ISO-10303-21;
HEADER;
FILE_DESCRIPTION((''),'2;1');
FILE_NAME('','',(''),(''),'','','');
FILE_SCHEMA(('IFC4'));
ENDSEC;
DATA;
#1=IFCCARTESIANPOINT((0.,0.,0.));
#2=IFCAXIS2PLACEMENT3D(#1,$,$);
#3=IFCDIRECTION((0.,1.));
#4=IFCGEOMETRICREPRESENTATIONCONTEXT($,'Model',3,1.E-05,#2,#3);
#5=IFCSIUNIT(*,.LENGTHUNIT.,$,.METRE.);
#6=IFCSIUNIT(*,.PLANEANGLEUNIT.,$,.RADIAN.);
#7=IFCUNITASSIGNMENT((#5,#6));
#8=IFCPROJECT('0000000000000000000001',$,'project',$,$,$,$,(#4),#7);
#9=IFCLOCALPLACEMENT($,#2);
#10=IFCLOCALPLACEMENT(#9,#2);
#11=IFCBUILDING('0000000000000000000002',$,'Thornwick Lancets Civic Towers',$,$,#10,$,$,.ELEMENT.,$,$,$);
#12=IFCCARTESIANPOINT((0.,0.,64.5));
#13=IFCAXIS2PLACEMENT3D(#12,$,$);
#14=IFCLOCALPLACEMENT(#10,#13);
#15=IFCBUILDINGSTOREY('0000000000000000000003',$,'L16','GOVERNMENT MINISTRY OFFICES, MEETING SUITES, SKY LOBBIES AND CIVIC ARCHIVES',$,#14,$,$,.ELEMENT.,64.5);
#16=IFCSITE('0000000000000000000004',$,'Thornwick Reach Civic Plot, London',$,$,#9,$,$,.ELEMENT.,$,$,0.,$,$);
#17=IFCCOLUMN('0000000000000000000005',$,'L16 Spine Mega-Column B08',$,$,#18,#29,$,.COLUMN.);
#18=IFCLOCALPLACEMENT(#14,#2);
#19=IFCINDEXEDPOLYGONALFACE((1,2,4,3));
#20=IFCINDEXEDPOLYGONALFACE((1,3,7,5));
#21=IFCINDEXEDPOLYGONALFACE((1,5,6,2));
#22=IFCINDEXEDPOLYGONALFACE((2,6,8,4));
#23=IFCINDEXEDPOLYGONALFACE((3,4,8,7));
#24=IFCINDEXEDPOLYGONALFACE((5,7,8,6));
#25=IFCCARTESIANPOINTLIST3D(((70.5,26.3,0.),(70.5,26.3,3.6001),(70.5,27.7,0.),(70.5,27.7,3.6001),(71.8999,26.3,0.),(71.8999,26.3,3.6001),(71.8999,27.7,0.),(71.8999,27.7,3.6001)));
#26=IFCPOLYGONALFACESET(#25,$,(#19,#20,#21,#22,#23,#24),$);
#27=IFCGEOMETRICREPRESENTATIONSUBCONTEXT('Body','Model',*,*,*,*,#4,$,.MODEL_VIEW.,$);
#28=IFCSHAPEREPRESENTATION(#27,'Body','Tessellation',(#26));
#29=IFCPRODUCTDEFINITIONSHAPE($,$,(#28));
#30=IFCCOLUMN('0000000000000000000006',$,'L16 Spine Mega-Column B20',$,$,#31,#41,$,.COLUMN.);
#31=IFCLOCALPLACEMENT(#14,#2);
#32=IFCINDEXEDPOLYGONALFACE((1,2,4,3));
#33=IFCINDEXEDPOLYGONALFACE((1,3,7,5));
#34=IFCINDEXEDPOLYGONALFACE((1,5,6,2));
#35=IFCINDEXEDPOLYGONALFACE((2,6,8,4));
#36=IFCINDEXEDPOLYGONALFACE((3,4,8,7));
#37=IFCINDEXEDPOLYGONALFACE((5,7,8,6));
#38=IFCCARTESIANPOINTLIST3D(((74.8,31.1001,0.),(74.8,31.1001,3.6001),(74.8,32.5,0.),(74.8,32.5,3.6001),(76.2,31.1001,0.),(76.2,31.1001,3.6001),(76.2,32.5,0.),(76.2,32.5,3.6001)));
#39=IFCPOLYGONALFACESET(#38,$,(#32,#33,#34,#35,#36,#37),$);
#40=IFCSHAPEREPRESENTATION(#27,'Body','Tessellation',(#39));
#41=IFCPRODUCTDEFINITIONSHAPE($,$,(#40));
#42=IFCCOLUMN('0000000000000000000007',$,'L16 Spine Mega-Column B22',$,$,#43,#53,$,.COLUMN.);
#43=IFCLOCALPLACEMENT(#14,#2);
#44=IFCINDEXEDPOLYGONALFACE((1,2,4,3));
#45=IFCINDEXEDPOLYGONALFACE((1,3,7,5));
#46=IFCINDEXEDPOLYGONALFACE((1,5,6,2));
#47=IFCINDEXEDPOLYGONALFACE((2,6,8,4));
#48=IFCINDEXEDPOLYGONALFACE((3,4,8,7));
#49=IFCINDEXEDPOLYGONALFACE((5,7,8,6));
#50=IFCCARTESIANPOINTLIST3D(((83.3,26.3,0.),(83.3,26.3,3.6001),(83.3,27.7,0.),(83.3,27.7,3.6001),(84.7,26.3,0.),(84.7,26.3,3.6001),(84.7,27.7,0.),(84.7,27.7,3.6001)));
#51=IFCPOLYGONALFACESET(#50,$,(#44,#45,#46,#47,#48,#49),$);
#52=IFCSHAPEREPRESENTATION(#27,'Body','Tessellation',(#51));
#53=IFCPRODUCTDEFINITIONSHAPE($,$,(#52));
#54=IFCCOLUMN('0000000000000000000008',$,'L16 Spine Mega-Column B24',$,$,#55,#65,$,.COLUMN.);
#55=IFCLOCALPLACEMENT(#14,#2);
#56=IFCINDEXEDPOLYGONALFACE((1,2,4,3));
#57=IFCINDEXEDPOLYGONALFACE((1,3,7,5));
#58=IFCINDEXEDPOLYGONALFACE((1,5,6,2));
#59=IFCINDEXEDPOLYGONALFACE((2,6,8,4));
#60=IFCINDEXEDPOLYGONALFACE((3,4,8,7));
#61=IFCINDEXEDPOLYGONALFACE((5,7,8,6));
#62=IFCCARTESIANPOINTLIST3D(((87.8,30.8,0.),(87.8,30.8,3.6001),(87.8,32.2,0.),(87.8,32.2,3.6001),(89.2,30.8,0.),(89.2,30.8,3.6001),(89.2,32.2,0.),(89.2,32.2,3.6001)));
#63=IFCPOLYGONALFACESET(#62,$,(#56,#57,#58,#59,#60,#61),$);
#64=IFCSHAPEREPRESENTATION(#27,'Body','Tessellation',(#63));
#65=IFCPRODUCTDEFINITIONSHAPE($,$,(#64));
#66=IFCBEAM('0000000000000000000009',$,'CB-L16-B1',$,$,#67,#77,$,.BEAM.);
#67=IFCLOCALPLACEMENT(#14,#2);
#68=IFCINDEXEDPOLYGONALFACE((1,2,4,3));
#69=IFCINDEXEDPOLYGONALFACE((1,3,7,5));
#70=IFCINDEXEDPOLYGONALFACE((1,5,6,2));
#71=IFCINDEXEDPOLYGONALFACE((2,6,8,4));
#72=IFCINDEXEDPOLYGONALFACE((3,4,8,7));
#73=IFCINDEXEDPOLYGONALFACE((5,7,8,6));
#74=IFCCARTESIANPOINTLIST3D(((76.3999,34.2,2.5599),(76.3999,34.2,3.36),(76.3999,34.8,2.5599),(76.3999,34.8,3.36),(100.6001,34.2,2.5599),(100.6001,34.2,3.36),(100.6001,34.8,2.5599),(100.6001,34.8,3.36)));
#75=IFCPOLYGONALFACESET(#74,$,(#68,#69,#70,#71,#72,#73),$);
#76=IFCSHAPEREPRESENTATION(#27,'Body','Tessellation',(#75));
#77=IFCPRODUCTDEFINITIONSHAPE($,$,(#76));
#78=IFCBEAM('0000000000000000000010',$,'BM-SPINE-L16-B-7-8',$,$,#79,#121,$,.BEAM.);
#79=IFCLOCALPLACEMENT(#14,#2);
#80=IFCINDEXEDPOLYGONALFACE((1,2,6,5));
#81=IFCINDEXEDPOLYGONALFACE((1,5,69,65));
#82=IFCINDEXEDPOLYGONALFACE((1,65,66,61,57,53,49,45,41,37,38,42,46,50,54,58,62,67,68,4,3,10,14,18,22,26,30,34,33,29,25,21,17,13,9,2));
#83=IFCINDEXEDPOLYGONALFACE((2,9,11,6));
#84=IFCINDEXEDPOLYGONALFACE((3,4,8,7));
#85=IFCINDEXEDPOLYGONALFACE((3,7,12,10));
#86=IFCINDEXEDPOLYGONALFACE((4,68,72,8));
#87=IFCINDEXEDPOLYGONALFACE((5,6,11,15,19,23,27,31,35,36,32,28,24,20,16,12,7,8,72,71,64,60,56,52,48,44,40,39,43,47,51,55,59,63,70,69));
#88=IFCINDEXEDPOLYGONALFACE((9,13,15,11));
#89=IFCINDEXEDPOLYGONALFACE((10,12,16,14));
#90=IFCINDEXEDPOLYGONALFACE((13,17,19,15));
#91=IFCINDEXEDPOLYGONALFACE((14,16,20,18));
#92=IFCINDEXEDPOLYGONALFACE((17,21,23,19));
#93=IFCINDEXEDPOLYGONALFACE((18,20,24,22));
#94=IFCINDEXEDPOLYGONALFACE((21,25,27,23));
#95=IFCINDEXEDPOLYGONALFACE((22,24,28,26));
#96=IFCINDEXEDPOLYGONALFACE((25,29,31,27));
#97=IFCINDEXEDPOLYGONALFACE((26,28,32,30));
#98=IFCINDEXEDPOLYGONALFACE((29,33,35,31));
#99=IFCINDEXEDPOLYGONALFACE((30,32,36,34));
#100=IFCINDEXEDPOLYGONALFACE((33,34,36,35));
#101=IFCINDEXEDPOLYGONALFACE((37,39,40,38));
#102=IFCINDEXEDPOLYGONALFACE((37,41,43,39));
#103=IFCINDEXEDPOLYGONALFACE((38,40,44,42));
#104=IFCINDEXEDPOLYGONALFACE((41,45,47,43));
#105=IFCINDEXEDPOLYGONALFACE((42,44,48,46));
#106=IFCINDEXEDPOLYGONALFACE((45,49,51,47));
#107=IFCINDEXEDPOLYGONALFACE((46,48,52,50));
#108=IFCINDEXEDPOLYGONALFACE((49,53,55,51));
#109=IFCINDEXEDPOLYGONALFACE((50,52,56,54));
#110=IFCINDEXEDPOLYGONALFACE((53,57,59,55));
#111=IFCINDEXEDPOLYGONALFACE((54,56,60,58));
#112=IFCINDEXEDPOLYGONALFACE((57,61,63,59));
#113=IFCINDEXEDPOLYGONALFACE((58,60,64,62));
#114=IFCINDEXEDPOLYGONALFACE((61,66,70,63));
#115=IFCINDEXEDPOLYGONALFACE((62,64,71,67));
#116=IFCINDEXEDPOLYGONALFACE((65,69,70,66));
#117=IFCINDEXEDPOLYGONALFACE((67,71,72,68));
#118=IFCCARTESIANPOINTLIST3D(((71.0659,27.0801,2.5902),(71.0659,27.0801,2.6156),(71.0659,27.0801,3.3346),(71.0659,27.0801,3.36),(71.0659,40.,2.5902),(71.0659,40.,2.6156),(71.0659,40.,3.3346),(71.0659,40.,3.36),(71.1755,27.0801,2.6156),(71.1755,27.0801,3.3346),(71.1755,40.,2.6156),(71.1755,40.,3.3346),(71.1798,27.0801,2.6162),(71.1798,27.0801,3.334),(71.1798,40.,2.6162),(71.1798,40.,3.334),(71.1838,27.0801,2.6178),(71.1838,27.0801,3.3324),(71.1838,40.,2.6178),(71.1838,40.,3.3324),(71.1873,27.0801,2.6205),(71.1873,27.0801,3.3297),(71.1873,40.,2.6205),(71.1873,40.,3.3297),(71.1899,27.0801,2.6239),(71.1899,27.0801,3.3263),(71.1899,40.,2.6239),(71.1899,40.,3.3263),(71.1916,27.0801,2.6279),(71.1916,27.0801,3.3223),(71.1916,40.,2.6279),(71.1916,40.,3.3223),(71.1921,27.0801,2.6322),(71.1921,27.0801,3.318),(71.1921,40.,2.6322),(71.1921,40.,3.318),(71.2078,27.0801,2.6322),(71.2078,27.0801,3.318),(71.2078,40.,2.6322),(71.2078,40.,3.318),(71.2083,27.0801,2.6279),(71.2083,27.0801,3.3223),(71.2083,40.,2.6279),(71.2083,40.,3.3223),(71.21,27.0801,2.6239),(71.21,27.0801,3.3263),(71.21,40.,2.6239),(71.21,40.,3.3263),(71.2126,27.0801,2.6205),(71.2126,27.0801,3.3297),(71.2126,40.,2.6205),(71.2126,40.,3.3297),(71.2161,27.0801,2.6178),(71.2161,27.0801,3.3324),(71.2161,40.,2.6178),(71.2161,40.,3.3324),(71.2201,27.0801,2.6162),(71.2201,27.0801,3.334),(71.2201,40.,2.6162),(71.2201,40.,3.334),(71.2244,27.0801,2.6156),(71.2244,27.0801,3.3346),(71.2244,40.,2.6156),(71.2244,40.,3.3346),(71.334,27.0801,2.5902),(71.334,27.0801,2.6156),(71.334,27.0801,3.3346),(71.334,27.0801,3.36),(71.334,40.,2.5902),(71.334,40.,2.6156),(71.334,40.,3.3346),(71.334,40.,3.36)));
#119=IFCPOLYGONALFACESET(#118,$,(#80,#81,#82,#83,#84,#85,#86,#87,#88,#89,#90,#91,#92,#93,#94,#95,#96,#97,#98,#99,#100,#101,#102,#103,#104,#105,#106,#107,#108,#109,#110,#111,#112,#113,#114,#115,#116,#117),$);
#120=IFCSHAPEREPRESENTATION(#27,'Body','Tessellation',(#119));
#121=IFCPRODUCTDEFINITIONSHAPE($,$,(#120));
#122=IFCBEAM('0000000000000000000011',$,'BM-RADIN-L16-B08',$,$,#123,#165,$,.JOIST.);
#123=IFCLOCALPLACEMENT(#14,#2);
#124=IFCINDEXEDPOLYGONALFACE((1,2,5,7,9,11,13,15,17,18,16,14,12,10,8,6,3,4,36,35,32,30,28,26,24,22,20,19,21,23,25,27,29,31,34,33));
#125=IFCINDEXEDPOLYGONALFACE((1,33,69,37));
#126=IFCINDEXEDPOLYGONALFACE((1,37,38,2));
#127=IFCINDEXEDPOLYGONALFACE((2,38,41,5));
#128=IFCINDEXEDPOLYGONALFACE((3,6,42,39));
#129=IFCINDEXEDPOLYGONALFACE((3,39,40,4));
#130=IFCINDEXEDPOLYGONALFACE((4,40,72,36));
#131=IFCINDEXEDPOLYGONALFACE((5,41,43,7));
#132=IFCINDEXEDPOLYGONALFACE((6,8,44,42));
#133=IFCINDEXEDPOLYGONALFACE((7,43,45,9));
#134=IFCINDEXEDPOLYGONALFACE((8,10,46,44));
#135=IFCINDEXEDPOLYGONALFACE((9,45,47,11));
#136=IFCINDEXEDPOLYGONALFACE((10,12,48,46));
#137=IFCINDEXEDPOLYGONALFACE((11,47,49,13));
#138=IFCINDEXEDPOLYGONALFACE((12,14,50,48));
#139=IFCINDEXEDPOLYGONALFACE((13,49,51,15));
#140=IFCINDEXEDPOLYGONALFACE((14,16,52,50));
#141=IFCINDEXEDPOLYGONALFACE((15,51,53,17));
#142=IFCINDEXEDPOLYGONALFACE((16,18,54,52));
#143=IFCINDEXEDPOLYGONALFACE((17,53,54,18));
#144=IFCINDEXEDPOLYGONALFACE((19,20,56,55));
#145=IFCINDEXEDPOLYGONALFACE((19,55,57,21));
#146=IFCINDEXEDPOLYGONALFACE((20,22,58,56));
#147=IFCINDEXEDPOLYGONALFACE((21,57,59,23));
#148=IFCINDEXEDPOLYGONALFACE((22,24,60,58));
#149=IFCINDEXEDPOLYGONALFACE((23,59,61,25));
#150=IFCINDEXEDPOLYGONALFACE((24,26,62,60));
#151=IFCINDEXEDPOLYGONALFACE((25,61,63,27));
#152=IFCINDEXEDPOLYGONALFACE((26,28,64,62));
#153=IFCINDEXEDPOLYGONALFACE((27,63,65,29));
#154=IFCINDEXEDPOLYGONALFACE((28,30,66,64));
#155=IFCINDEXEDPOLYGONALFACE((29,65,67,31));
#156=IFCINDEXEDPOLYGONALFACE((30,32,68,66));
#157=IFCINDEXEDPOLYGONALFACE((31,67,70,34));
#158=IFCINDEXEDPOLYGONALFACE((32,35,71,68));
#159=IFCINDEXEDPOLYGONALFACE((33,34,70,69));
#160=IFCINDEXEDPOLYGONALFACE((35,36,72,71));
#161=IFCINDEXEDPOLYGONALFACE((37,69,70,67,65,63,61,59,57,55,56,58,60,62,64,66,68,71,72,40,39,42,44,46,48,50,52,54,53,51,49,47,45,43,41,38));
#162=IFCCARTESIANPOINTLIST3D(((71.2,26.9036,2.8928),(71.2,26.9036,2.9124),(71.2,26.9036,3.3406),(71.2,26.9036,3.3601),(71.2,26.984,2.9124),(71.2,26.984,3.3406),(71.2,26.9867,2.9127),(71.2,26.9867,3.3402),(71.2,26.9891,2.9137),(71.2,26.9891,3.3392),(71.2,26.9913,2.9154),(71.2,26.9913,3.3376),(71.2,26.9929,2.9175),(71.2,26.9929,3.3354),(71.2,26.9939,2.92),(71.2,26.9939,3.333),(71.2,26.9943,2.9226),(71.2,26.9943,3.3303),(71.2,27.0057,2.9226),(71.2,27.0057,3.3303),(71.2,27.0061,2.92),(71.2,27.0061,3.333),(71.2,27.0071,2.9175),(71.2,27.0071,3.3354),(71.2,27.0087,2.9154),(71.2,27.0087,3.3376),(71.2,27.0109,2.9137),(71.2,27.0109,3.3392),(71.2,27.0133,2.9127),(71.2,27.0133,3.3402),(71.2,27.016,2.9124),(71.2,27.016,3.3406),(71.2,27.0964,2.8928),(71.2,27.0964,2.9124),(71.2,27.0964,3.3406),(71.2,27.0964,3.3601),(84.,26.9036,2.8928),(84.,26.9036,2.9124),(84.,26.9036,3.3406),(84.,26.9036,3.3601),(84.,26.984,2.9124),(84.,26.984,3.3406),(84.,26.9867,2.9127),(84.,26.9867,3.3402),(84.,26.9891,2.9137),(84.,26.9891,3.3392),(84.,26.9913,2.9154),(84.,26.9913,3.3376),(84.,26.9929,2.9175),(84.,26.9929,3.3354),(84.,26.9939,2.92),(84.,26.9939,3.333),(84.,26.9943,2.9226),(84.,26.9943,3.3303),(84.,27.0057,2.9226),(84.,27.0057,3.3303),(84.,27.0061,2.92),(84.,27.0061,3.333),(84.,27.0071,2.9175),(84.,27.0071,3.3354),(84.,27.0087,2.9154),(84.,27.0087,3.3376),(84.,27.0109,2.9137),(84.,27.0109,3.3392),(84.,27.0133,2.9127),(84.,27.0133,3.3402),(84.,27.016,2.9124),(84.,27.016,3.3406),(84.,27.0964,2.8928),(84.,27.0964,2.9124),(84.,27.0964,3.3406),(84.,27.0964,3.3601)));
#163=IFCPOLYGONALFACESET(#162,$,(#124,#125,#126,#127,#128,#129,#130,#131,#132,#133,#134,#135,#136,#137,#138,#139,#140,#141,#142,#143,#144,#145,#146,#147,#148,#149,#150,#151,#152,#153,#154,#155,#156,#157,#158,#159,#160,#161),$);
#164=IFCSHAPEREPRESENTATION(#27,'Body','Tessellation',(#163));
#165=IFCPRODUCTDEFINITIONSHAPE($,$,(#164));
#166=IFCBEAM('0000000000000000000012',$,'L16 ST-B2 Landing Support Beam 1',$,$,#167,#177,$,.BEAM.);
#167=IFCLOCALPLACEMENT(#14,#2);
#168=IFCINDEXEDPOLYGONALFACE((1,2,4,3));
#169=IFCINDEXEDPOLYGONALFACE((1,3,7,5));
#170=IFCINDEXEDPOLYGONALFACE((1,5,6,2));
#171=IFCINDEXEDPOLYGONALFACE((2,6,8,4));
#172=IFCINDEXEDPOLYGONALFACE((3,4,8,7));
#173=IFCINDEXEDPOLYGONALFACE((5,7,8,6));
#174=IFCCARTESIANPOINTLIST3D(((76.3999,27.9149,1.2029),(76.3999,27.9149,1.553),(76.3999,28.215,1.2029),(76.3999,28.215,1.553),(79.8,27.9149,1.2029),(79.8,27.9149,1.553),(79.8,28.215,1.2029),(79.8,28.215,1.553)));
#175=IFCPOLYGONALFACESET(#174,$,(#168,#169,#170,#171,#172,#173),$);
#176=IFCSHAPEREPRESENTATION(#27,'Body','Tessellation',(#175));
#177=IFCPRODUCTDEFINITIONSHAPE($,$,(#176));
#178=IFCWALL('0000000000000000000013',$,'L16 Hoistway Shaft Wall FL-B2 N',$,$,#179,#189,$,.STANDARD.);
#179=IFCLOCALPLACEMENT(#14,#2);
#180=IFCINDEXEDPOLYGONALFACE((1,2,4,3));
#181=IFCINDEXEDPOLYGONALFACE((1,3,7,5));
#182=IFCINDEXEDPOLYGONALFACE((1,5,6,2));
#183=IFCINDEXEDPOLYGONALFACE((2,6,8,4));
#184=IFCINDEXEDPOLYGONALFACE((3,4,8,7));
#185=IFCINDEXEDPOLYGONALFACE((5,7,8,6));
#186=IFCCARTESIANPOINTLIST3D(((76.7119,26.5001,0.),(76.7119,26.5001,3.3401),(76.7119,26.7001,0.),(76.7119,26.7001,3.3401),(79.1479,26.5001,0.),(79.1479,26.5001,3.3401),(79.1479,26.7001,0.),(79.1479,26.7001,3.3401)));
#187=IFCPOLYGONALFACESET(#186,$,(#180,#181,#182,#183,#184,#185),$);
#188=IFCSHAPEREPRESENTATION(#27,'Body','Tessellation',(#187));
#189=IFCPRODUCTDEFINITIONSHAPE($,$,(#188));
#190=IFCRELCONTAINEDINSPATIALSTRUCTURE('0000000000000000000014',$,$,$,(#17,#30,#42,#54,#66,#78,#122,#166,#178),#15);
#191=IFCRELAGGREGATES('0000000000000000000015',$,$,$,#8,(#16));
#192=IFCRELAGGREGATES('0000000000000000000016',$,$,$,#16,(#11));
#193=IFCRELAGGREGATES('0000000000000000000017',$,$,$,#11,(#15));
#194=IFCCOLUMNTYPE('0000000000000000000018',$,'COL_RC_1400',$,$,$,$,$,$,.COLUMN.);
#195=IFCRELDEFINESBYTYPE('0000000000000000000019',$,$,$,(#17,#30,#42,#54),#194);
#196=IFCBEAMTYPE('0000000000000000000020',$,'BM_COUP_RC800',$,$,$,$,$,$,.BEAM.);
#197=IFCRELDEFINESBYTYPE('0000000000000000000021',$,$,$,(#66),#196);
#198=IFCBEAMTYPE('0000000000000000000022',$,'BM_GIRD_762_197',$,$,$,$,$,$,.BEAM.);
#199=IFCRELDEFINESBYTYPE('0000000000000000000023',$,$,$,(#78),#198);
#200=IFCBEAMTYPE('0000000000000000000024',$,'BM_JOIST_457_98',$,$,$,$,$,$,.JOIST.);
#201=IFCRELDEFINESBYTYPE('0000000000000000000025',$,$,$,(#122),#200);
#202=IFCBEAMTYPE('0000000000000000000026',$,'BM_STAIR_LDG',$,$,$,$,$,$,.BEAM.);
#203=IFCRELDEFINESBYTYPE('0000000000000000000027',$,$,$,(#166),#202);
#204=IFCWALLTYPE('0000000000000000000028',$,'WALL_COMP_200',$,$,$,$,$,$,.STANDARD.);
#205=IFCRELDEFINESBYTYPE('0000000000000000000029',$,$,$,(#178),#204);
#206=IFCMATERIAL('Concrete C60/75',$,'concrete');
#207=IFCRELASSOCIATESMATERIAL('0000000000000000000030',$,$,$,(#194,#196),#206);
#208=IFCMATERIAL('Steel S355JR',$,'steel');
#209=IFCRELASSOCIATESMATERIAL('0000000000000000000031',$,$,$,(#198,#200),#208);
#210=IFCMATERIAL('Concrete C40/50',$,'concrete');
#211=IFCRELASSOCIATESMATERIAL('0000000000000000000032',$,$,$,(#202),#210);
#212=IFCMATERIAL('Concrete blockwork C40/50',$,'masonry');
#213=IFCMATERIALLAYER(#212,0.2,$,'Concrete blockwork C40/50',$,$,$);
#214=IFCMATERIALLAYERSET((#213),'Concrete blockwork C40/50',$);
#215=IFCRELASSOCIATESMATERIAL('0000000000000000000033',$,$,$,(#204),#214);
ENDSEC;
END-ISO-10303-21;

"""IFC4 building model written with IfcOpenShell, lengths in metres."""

from ifc_helpers import new_model, si_unit, direction, frame, frame_2d, origin, origin_2d, place, context, subcontext, project, spatial, rectangle, i_section, extrude, material, layer, layer_set, material_profile, profile_set, type_object, element, save


model = new_model("IFC4")

# Units and contexts
model_context = context("Model", 3, precision=1e-05, world=origin(), true_north=direction((0.0, 1.0)))
body_context = subcontext(model_context, "Body", "Model", "MODEL_VIEW")
ifc_project = project(units=[si_unit("LENGTHUNIT", "METRE"), si_unit("PLANEANGLEUNIT", "RADIAN")], contexts=[model_context])

# Site, building, storey
site_placement = place(None, origin())
site = spatial("IfcSite", under=ifc_project, at=site_placement, Name="Thornwick Reach Civic Plot, London", CompositionType="ELEMENT", RefElevation=0.0)
building_placement = place(site_placement, origin())
building = spatial("IfcBuilding", under=site, at=building_placement, Name="Thornwick Lancets Civic Towers", CompositionType="ELEMENT")
storey_placement = place(building_placement, frame((0.0, 0.0, 64.5)))
storey = spatial("IfcBuildingStorey", under=building, at=storey_placement, Name="L16", Description="GOVERNMENT MINISTRY OFFICES, MEETING SUITES, SKY LOBBIES AND CIVIC ARCHIVES", CompositionType="ELEMENT", Elevation=64.5)

# Columns
ifc_material_1 = material(Name="Concrete C60/75", Category="concrete")
ifc_material_profile_1 = material_profile(ifc_material_1, rectangle(XDim=1.3999, YDim=1.3999, at=origin_2d()), Name="RC 1400x1400")
ifc_profile_set_1 = profile_set([ifc_material_profile_1], Name="Concrete C60/75")
column_type = type_object("IfcColumnType", Name="COL_RC_1400", PredefinedType="COLUMN", material=ifc_profile_set_1)
for number, where, z_axis, x_axis, name in (
    (1, (71.2, 27.0, 0.0), (0.0, 0.0, 1.0), (1.0, 0.0, 0.0), "L16 Spine Mega-Column B08"),
    (2, (75.5, 31.8, 0.0), (0.0, 0.0, 1.0), (1.0, 0.0, 0.0), "L16 Spine Mega-Column B20"),
    (3, (84.0, 27.0, 0.0), (0.0, 0.0, 1.0), (1.0, 0.0, 0.0), "L16 Spine Mega-Column B22"),
    (4, (88.5, 31.5, 0.0), (0.0, 0.0, 1.0), (1.0, 0.0, 0.0), "L16 Spine Mega-Column B24"),
):
    element("IfcColumn", number, at=place(storey_placement, frame(where, z_axis=z_axis, x_axis=x_axis)), inside=storey, type_object=column_type, Name=name, PredefinedType="COLUMN", context=body_context, shape_type="SweptSolid", body=[
        extrude(rectangle(XDim=1.3999, YDim=1.3999, at=origin_2d()), origin(), (0.0, 0.0, 1.0), 3.6001),
    ])

# Beams
ifc_material_profile_2 = material_profile(ifc_material_1, rectangle(XDim=0.6001, YDim=0.8, at=origin_2d()), Name="RC 600x800")
ifc_profile_set_2 = profile_set([ifc_material_profile_2], Name="Concrete C60/75")
beam_type_1 = type_object("IfcBeamType", Name="BM_COUP_RC800", PredefinedType="BEAM", material=ifc_profile_set_2)
beam_1_placement = place(storey_placement, frame((76.3999, 34.5, 2.96), z_axis=(1.0, 0.0, 0.0), x_axis=(0.0, 1.0, 0.0)))
element("IfcBeam", 5, at=beam_1_placement, inside=storey, type_object=beam_type_1, Name="CB-L16-B1", PredefinedType="BEAM", context=body_context, shape_type="SweptSolid", body=[
    extrude(rectangle(XDim=0.6001, YDim=0.8, at=origin_2d()), origin(), (0.0, 0.0, 1.0), 24.2002),
])
ifc_material_2 = material(Name="Steel S355JR", Category="steel")
ifc_material_profile_3 = material_profile(ifc_material_2, i_section(OverallWidth=0.2681, OverallDepth=0.7698, WebThickness=0.0156, FlangeThickness=0.0254, FilletRadius=0.0166, at=origin_2d()), Name="UKB 762x267x197")
ifc_profile_set_3 = profile_set([ifc_material_profile_3], Name="Steel S355JR")
beam_type_2 = type_object("IfcBeamType", Name="BM_GIRD_762_197", PredefinedType="BEAM", material=ifc_profile_set_3)
beam_2_placement = place(storey_placement, frame((71.2, 27.0801, 2.9751), z_axis=(0.0, 1.0, 0.0), x_axis=(-1.0, 0.0, 0.0)))
element("IfcBeam", 6, at=beam_2_placement, inside=storey, type_object=beam_type_2, Name="BM-SPINE-L16-B-7-8", PredefinedType="BEAM", context=body_context, shape_type="SweptSolid", body=[
    extrude(i_section(OverallWidth=0.2681, OverallDepth=0.7698, WebThickness=0.0156, FlangeThickness=0.0254, FilletRadius=0.0166, at=origin_2d()), origin(), (0.0, 0.0, 1.0), 12.9199),
])
ifc_material_profile_4 = material_profile(ifc_material_2, i_section(OverallWidth=0.1929, OverallDepth=0.4673, WebThickness=0.0115, FlangeThickness=0.0195, FilletRadius=0.0103, at=origin_2d()), Name="UKB 457x191x98")
ifc_profile_set_4 = profile_set([ifc_material_profile_4], Name="Steel S355JR")
beam_type_3 = type_object("IfcBeamType", Name="BM_JOIST_457_98", PredefinedType="JOIST", material=ifc_profile_set_4)
beam_3_placement = place(storey_placement, frame((84.0, 27.0, 3.1265), z_axis=(-1.0, 0.0, 0.0), x_axis=(0.0, -1.0, 0.0)))
element("IfcBeam", 7, at=beam_3_placement, inside=storey, type_object=beam_type_3, Name="BM-RADIN-L16-B08", PredefinedType="JOIST", context=body_context, shape_type="SweptSolid", body=[
    extrude(i_section(OverallWidth=0.1929, OverallDepth=0.4673, WebThickness=0.0115, FlangeThickness=0.0195, FilletRadius=0.0103, at=origin_2d()), origin(), (0.0, 0.0, 1.0), 12.8),
])
ifc_material_3 = material(Name="Concrete C40/50", Category="concrete")
ifc_material_profile_5 = material_profile(ifc_material_3, rectangle(XDim=0.3, YDim=0.3501, at=origin_2d()), Name="RC 300x350")
ifc_profile_set_5 = profile_set([ifc_material_profile_5], Name="Concrete C40/50")
beam_type_4 = type_object("IfcBeamType", Name="BM_STAIR_LDG", PredefinedType="BEAM", material=ifc_profile_set_5)
beam_4_placement = place(storey_placement, frame((76.3999, 28.0649, 1.3779), z_axis=(1.0, 0.0, 0.0), x_axis=(0.0, 1.0, 0.0)))
element("IfcBeam", 8, at=beam_4_placement, inside=storey, type_object=beam_type_4, Name="L16 ST-B2 Landing Support Beam 1", PredefinedType="BEAM", context=body_context, shape_type="SweptSolid", body=[
    extrude(rectangle(XDim=0.3, YDim=0.3501, at=origin_2d()), origin(), (0.0, 0.0, 1.0), 3.4001),
])

# Wall
ifc_material_4 = material(Name="Concrete blockwork C40/50", Category="masonry")
ifc_layer_1 = layer(ifc_material_4, 0.2, Name="Concrete blockwork C40/50")
ifc_layer_set_1 = layer_set([ifc_layer_1], Name="Concrete blockwork C40/50")
wall_type_1 = type_object("IfcWallType", Name="WALL_COMP_200", PredefinedType="STANDARD", material=ifc_layer_set_1)
wall_1_placement = place(storey_placement, frame((76.7119, 26.6001, 0.0), z_axis=(0.0, 0.0, 1.0), x_axis=(1.0, 0.0, 0.0)))
element("IfcWall", 9, at=wall_1_placement, inside=storey, type_object=wall_type_1, Name="L16 Hoistway Shaft Wall FL-B2 N", PredefinedType="STANDARD", context=body_context, shape_type="SweptSolid", body=[
    extrude(rectangle(XDim=2.436, YDim=0.2, at=frame_2d((1.218, 0.0))), origin(), (0.0, 0.0, 1.0), 3.3401),
])

save(model, "model.ifc")
